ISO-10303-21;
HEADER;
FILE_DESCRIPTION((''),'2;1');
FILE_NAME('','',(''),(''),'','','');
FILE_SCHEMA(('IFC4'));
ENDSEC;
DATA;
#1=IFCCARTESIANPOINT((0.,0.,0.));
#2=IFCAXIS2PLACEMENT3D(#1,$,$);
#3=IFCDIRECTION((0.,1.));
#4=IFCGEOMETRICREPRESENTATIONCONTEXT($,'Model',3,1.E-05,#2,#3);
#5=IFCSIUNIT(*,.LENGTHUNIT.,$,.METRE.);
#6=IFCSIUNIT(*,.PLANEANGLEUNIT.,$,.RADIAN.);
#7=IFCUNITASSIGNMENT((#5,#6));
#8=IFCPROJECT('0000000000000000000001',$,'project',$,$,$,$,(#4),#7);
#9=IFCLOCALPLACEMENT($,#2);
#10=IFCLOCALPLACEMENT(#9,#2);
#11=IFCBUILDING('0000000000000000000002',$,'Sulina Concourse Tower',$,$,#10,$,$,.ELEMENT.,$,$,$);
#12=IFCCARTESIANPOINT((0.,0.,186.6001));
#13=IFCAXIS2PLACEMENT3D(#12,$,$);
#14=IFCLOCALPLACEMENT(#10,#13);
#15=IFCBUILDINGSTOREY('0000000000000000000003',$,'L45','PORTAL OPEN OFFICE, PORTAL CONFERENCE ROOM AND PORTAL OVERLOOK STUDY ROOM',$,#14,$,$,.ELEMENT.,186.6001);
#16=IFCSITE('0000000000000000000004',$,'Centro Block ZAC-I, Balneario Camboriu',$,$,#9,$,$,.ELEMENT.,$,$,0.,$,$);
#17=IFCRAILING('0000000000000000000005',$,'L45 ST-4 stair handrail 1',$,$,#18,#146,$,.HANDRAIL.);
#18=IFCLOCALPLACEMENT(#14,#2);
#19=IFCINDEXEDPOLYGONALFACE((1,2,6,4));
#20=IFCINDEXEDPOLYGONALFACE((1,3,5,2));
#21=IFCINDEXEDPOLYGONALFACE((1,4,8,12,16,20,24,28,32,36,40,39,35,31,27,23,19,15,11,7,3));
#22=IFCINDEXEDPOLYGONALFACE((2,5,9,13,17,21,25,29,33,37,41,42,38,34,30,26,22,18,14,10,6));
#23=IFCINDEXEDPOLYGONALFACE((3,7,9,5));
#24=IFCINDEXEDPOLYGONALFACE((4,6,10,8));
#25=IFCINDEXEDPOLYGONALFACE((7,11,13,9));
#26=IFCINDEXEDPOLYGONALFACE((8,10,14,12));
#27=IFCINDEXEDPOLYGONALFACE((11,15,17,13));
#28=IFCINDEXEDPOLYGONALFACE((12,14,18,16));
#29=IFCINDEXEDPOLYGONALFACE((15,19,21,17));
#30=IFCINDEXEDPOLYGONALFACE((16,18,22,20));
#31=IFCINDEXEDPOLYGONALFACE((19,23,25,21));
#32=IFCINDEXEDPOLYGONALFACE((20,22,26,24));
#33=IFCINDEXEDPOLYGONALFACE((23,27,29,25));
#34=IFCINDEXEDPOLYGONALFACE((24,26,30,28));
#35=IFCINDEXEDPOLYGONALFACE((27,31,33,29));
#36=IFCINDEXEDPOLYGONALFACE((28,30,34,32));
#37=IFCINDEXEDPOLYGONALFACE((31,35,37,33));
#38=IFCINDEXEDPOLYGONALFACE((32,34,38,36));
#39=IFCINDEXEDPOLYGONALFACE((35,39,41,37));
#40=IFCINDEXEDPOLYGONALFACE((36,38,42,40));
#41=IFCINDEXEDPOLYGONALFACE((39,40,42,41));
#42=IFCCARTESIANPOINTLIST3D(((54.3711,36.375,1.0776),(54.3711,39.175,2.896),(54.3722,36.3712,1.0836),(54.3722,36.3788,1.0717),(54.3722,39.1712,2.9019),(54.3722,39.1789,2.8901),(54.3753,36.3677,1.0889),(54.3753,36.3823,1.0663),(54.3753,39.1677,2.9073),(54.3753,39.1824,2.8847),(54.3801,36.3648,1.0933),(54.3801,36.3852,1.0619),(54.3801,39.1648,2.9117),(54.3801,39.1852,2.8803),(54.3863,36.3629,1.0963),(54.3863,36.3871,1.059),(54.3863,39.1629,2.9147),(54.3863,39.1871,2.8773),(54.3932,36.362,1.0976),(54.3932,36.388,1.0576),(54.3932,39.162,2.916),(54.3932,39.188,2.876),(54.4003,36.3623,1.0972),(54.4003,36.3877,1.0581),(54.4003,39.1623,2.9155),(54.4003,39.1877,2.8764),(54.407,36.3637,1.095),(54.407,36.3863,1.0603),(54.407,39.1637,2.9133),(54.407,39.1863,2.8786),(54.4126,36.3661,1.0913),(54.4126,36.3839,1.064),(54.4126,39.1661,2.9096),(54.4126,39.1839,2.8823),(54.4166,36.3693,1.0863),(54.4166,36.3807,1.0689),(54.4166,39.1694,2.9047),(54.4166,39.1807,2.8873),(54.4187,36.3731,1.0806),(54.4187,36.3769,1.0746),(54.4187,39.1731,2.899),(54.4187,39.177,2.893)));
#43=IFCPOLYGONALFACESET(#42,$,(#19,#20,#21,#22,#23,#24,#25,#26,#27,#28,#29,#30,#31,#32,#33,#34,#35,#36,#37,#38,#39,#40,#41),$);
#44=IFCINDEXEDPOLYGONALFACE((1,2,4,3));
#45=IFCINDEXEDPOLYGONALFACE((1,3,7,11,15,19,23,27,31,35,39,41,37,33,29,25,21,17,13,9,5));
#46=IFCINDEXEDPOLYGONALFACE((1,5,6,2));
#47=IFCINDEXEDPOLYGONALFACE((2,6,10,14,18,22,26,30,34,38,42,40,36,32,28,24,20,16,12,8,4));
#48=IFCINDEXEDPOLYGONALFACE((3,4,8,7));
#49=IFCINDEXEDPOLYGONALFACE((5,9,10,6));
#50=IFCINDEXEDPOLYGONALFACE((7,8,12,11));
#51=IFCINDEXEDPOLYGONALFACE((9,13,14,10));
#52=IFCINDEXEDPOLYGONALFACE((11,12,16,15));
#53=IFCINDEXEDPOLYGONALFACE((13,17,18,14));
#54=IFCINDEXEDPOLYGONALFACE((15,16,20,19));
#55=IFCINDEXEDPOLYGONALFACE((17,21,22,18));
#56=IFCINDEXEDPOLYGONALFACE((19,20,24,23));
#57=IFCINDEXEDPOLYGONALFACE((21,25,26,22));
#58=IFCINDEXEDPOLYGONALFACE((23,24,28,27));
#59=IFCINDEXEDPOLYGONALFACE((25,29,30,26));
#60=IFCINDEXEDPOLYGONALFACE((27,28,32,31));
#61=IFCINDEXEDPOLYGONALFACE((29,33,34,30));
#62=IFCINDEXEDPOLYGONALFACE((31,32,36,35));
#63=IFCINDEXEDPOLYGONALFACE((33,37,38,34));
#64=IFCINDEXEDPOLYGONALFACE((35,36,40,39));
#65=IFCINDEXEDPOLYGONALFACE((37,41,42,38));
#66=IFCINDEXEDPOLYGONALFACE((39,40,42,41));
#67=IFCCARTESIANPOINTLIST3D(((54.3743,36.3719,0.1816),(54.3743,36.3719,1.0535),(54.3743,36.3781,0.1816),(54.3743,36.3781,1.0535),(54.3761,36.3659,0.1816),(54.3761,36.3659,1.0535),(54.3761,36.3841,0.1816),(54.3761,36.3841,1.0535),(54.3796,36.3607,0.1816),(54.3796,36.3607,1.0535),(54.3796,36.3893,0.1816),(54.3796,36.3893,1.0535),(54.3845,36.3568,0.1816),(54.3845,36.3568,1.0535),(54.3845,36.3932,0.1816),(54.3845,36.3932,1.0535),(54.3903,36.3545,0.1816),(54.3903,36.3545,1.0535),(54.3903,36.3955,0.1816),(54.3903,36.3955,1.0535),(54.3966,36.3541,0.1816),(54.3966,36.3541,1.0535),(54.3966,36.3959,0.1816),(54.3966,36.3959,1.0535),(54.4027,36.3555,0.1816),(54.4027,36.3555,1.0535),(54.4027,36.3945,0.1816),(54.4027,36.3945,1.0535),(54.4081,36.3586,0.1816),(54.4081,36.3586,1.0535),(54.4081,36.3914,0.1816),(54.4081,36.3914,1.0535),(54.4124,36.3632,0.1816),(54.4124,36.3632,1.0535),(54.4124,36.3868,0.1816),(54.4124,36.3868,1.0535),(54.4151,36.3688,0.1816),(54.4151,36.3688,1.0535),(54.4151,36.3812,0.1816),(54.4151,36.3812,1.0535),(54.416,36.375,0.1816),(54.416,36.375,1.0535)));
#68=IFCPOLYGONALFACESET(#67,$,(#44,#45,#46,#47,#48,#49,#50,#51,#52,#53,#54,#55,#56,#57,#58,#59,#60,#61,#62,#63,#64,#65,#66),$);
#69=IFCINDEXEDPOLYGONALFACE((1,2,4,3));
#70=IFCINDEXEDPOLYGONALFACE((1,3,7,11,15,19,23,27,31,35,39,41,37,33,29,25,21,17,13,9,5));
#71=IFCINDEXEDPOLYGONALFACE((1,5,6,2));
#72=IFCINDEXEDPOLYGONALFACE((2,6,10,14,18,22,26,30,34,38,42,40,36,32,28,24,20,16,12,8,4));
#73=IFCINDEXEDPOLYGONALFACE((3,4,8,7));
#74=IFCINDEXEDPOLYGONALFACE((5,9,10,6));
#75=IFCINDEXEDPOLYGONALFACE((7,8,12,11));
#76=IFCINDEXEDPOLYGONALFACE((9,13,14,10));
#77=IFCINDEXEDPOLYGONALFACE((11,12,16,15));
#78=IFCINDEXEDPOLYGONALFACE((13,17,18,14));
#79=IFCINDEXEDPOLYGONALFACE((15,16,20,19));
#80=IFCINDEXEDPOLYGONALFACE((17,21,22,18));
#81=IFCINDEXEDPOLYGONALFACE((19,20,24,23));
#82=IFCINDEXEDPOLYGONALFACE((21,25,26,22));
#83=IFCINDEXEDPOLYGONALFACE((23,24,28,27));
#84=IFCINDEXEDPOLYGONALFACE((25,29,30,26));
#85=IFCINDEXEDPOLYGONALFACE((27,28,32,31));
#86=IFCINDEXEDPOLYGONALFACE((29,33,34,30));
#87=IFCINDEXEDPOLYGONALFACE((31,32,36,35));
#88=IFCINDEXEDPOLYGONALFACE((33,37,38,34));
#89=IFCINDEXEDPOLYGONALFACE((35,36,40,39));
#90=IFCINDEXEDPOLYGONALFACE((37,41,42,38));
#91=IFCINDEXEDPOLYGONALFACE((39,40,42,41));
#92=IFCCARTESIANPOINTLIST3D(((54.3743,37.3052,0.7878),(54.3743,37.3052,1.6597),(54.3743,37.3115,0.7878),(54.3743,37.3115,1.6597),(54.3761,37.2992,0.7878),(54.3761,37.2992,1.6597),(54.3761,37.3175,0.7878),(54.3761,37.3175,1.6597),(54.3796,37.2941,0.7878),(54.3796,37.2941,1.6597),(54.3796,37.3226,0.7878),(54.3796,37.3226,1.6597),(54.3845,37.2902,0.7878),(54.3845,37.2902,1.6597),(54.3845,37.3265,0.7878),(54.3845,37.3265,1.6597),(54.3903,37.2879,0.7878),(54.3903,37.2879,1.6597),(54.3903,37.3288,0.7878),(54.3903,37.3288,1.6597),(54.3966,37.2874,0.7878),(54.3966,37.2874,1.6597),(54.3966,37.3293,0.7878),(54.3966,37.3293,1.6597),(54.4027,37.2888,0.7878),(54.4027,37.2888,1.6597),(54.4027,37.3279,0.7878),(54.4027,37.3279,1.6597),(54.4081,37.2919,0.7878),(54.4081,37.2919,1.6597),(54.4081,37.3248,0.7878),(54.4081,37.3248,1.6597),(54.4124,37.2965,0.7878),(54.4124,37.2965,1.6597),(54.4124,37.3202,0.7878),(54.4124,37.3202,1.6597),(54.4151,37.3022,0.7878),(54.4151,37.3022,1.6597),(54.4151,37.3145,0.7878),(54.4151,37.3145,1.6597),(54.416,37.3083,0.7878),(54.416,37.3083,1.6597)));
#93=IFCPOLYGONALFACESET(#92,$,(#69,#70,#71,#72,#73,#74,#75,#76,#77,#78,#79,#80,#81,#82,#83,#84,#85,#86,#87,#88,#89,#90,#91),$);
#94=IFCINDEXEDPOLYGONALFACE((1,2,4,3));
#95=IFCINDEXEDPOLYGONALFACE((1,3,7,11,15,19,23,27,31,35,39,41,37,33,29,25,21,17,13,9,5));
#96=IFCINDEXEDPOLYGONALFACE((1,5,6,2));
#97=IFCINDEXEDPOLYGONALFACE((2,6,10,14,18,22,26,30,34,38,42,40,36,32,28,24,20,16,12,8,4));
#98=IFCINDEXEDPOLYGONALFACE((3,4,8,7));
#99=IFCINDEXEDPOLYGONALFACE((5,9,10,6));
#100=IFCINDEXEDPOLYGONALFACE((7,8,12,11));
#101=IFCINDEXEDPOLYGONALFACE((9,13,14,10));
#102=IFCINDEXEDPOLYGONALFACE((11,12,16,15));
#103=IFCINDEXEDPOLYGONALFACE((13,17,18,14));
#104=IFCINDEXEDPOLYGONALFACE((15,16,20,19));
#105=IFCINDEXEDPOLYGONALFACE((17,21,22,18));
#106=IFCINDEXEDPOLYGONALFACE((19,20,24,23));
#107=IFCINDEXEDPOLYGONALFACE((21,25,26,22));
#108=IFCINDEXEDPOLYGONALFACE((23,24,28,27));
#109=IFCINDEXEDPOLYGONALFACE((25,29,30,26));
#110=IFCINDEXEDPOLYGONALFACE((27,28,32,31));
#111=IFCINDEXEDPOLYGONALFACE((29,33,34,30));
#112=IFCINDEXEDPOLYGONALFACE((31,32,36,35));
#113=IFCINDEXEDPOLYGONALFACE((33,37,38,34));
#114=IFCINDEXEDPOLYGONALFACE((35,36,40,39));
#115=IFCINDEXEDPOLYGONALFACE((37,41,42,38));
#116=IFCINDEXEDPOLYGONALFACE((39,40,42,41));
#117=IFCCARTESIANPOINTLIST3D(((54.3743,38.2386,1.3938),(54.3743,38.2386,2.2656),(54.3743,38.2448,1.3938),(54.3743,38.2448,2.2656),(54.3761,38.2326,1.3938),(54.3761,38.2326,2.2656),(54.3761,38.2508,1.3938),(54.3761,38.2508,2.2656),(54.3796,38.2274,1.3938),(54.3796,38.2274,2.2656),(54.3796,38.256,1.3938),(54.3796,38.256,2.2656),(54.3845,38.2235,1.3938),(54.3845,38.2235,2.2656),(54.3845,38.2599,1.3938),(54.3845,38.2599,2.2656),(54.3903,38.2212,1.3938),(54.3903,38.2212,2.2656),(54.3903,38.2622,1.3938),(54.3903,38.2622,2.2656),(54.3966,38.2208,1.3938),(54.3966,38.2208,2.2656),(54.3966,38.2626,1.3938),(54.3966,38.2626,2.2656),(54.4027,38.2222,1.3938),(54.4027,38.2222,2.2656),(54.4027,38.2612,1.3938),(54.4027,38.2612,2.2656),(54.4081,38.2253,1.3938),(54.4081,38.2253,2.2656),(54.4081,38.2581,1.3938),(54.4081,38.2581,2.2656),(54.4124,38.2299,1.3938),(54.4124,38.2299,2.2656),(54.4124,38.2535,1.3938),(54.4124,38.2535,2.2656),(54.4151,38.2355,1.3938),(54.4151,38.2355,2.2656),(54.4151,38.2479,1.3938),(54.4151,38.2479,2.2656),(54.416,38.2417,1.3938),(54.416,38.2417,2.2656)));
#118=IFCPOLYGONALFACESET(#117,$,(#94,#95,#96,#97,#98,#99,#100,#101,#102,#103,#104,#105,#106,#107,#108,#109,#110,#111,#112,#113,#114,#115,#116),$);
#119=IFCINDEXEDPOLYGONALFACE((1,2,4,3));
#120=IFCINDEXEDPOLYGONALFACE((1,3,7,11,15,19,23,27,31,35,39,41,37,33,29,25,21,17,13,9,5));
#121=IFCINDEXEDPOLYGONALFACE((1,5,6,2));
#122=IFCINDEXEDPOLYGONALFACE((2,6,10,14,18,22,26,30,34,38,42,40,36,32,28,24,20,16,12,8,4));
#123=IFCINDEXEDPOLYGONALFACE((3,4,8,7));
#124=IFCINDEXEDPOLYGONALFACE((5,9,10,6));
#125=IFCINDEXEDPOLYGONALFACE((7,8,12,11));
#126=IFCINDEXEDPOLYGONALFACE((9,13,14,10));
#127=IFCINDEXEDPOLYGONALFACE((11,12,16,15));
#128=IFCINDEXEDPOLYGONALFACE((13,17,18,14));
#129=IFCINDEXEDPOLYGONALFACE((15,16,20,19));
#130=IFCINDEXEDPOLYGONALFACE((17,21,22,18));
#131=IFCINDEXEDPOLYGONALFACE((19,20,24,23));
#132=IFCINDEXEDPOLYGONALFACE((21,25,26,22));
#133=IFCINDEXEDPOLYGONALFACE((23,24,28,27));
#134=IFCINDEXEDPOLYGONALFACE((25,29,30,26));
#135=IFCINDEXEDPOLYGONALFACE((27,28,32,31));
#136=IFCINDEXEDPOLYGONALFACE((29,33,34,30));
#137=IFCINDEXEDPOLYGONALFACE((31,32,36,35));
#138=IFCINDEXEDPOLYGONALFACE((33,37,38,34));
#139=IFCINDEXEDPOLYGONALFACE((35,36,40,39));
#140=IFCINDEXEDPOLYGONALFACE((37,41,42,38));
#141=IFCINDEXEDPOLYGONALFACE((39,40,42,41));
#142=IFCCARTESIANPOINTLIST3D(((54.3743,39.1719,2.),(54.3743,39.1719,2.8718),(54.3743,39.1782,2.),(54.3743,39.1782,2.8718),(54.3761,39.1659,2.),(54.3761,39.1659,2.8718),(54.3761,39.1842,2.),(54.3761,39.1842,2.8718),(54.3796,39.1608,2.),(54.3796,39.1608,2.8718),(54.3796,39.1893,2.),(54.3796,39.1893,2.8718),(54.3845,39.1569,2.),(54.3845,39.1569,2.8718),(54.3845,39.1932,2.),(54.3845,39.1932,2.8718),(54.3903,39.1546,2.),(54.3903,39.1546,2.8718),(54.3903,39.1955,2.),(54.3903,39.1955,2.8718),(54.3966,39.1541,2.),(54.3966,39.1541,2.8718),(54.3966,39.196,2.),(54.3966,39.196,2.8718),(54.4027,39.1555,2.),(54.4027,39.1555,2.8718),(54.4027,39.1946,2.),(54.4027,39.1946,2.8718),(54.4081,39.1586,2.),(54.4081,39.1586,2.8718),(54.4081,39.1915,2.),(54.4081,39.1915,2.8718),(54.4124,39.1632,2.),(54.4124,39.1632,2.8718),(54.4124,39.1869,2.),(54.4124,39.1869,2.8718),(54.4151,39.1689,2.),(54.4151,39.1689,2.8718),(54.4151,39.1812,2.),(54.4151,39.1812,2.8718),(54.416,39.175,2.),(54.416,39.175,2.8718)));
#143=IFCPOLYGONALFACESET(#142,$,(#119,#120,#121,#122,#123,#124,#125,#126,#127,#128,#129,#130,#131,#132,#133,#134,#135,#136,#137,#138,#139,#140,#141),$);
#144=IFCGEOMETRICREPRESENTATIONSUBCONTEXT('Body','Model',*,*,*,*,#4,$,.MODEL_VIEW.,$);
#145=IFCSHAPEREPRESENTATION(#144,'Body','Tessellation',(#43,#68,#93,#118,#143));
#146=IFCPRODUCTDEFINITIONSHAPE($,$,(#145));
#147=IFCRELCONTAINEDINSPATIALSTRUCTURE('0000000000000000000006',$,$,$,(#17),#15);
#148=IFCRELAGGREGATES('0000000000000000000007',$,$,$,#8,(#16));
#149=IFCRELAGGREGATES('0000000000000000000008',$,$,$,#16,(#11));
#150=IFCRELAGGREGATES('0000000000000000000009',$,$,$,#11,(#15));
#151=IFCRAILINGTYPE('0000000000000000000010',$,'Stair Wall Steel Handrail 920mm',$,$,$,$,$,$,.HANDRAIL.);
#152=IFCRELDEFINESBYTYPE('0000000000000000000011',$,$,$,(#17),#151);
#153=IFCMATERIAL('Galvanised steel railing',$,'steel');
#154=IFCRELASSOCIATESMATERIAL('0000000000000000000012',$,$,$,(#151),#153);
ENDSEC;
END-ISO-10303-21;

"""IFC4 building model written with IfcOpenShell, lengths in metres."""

from ifc_helpers import new_model, si_unit, direction, frame, origin, origin_2d, place, context, subcontext, project, spatial, circle, extrude, material, type_object, element, save


model = new_model("IFC4")

# Units and contexts
model_context = context("Model", 3, precision=1e-05, world=origin(), true_north=direction((0.0, 1.0)))
body_context = subcontext(model_context, "Body", "Model", "MODEL_VIEW")
ifc_project = project(units=[si_unit("LENGTHUNIT", "METRE"), si_unit("PLANEANGLEUNIT", "RADIAN")], contexts=[model_context])

# Site, building, storey
site_placement = place(None, origin())
site = spatial("IfcSite", under=ifc_project, at=site_placement, Name="Centro Block ZAC-I, Balneario Camboriu", CompositionType="ELEMENT", RefElevation=0.0)
building_placement = place(site_placement, origin())
building = spatial("IfcBuilding", under=site, at=building_placement, Name="Sulina Concourse Tower", CompositionType="ELEMENT")
storey_placement = place(building_placement, frame((0.0, 0.0, 186.6001)))
storey = spatial("IfcBuildingStorey", under=building, at=storey_placement, Name="L45", Description="PORTAL OPEN OFFICE, PORTAL CONFERENCE ROOM AND PORTAL OVERLOOK STUDY ROOM", CompositionType="ELEMENT", Elevation=186.6001)

# Railing
ifc_material_1 = material(Name="Galvanised steel railing", Category="steel")
railing_type_1 = type_object("IfcRailingType", Name="Stair Wall Steel Handrail 920mm", PredefinedType="HANDRAIL", material=ifc_material_1)
railing_1_placement = place(storey_placement, frame((54.395, 36.375, 0.1816)))
element("IfcRailing", 1, at=railing_1_placement, inside=storey, type_object=railing_type_1, Name="L45 ST-4 stair handrail 1", PredefinedType="HANDRAIL", context=body_context, shape_type="SweptSolid", body=[
    extrude(circle(Radius=0.0239, at=origin_2d()), frame((0.0, 0.0, 0.896), z_axis=(0.0, 0.838672, 0.544636), x_axis=(-1.0, 0.0, 0.0)), (0.0, 0.0, 1.0), 3.3386),
    extrude(circle(Radius=0.021, at=origin_2d()), origin(), (0.0, 0.0, 1.0), 0.8718),
    extrude(circle(Radius=0.021, at=origin_2d()), frame((0.0, 0.9333, 0.6062)), (0.0, 0.0, 1.0), 0.8718),
    extrude(circle(Radius=0.021, at=origin_2d()), frame((0.0, 1.8667, 1.2122)), (0.0, 0.0, 1.0), 0.8718),
    extrude(circle(Radius=0.021, at=origin_2d()), frame((0.0, 2.8, 1.8184)), (0.0, 0.0, 1.0), 0.8718),
])

save(model, "model.ifc")
